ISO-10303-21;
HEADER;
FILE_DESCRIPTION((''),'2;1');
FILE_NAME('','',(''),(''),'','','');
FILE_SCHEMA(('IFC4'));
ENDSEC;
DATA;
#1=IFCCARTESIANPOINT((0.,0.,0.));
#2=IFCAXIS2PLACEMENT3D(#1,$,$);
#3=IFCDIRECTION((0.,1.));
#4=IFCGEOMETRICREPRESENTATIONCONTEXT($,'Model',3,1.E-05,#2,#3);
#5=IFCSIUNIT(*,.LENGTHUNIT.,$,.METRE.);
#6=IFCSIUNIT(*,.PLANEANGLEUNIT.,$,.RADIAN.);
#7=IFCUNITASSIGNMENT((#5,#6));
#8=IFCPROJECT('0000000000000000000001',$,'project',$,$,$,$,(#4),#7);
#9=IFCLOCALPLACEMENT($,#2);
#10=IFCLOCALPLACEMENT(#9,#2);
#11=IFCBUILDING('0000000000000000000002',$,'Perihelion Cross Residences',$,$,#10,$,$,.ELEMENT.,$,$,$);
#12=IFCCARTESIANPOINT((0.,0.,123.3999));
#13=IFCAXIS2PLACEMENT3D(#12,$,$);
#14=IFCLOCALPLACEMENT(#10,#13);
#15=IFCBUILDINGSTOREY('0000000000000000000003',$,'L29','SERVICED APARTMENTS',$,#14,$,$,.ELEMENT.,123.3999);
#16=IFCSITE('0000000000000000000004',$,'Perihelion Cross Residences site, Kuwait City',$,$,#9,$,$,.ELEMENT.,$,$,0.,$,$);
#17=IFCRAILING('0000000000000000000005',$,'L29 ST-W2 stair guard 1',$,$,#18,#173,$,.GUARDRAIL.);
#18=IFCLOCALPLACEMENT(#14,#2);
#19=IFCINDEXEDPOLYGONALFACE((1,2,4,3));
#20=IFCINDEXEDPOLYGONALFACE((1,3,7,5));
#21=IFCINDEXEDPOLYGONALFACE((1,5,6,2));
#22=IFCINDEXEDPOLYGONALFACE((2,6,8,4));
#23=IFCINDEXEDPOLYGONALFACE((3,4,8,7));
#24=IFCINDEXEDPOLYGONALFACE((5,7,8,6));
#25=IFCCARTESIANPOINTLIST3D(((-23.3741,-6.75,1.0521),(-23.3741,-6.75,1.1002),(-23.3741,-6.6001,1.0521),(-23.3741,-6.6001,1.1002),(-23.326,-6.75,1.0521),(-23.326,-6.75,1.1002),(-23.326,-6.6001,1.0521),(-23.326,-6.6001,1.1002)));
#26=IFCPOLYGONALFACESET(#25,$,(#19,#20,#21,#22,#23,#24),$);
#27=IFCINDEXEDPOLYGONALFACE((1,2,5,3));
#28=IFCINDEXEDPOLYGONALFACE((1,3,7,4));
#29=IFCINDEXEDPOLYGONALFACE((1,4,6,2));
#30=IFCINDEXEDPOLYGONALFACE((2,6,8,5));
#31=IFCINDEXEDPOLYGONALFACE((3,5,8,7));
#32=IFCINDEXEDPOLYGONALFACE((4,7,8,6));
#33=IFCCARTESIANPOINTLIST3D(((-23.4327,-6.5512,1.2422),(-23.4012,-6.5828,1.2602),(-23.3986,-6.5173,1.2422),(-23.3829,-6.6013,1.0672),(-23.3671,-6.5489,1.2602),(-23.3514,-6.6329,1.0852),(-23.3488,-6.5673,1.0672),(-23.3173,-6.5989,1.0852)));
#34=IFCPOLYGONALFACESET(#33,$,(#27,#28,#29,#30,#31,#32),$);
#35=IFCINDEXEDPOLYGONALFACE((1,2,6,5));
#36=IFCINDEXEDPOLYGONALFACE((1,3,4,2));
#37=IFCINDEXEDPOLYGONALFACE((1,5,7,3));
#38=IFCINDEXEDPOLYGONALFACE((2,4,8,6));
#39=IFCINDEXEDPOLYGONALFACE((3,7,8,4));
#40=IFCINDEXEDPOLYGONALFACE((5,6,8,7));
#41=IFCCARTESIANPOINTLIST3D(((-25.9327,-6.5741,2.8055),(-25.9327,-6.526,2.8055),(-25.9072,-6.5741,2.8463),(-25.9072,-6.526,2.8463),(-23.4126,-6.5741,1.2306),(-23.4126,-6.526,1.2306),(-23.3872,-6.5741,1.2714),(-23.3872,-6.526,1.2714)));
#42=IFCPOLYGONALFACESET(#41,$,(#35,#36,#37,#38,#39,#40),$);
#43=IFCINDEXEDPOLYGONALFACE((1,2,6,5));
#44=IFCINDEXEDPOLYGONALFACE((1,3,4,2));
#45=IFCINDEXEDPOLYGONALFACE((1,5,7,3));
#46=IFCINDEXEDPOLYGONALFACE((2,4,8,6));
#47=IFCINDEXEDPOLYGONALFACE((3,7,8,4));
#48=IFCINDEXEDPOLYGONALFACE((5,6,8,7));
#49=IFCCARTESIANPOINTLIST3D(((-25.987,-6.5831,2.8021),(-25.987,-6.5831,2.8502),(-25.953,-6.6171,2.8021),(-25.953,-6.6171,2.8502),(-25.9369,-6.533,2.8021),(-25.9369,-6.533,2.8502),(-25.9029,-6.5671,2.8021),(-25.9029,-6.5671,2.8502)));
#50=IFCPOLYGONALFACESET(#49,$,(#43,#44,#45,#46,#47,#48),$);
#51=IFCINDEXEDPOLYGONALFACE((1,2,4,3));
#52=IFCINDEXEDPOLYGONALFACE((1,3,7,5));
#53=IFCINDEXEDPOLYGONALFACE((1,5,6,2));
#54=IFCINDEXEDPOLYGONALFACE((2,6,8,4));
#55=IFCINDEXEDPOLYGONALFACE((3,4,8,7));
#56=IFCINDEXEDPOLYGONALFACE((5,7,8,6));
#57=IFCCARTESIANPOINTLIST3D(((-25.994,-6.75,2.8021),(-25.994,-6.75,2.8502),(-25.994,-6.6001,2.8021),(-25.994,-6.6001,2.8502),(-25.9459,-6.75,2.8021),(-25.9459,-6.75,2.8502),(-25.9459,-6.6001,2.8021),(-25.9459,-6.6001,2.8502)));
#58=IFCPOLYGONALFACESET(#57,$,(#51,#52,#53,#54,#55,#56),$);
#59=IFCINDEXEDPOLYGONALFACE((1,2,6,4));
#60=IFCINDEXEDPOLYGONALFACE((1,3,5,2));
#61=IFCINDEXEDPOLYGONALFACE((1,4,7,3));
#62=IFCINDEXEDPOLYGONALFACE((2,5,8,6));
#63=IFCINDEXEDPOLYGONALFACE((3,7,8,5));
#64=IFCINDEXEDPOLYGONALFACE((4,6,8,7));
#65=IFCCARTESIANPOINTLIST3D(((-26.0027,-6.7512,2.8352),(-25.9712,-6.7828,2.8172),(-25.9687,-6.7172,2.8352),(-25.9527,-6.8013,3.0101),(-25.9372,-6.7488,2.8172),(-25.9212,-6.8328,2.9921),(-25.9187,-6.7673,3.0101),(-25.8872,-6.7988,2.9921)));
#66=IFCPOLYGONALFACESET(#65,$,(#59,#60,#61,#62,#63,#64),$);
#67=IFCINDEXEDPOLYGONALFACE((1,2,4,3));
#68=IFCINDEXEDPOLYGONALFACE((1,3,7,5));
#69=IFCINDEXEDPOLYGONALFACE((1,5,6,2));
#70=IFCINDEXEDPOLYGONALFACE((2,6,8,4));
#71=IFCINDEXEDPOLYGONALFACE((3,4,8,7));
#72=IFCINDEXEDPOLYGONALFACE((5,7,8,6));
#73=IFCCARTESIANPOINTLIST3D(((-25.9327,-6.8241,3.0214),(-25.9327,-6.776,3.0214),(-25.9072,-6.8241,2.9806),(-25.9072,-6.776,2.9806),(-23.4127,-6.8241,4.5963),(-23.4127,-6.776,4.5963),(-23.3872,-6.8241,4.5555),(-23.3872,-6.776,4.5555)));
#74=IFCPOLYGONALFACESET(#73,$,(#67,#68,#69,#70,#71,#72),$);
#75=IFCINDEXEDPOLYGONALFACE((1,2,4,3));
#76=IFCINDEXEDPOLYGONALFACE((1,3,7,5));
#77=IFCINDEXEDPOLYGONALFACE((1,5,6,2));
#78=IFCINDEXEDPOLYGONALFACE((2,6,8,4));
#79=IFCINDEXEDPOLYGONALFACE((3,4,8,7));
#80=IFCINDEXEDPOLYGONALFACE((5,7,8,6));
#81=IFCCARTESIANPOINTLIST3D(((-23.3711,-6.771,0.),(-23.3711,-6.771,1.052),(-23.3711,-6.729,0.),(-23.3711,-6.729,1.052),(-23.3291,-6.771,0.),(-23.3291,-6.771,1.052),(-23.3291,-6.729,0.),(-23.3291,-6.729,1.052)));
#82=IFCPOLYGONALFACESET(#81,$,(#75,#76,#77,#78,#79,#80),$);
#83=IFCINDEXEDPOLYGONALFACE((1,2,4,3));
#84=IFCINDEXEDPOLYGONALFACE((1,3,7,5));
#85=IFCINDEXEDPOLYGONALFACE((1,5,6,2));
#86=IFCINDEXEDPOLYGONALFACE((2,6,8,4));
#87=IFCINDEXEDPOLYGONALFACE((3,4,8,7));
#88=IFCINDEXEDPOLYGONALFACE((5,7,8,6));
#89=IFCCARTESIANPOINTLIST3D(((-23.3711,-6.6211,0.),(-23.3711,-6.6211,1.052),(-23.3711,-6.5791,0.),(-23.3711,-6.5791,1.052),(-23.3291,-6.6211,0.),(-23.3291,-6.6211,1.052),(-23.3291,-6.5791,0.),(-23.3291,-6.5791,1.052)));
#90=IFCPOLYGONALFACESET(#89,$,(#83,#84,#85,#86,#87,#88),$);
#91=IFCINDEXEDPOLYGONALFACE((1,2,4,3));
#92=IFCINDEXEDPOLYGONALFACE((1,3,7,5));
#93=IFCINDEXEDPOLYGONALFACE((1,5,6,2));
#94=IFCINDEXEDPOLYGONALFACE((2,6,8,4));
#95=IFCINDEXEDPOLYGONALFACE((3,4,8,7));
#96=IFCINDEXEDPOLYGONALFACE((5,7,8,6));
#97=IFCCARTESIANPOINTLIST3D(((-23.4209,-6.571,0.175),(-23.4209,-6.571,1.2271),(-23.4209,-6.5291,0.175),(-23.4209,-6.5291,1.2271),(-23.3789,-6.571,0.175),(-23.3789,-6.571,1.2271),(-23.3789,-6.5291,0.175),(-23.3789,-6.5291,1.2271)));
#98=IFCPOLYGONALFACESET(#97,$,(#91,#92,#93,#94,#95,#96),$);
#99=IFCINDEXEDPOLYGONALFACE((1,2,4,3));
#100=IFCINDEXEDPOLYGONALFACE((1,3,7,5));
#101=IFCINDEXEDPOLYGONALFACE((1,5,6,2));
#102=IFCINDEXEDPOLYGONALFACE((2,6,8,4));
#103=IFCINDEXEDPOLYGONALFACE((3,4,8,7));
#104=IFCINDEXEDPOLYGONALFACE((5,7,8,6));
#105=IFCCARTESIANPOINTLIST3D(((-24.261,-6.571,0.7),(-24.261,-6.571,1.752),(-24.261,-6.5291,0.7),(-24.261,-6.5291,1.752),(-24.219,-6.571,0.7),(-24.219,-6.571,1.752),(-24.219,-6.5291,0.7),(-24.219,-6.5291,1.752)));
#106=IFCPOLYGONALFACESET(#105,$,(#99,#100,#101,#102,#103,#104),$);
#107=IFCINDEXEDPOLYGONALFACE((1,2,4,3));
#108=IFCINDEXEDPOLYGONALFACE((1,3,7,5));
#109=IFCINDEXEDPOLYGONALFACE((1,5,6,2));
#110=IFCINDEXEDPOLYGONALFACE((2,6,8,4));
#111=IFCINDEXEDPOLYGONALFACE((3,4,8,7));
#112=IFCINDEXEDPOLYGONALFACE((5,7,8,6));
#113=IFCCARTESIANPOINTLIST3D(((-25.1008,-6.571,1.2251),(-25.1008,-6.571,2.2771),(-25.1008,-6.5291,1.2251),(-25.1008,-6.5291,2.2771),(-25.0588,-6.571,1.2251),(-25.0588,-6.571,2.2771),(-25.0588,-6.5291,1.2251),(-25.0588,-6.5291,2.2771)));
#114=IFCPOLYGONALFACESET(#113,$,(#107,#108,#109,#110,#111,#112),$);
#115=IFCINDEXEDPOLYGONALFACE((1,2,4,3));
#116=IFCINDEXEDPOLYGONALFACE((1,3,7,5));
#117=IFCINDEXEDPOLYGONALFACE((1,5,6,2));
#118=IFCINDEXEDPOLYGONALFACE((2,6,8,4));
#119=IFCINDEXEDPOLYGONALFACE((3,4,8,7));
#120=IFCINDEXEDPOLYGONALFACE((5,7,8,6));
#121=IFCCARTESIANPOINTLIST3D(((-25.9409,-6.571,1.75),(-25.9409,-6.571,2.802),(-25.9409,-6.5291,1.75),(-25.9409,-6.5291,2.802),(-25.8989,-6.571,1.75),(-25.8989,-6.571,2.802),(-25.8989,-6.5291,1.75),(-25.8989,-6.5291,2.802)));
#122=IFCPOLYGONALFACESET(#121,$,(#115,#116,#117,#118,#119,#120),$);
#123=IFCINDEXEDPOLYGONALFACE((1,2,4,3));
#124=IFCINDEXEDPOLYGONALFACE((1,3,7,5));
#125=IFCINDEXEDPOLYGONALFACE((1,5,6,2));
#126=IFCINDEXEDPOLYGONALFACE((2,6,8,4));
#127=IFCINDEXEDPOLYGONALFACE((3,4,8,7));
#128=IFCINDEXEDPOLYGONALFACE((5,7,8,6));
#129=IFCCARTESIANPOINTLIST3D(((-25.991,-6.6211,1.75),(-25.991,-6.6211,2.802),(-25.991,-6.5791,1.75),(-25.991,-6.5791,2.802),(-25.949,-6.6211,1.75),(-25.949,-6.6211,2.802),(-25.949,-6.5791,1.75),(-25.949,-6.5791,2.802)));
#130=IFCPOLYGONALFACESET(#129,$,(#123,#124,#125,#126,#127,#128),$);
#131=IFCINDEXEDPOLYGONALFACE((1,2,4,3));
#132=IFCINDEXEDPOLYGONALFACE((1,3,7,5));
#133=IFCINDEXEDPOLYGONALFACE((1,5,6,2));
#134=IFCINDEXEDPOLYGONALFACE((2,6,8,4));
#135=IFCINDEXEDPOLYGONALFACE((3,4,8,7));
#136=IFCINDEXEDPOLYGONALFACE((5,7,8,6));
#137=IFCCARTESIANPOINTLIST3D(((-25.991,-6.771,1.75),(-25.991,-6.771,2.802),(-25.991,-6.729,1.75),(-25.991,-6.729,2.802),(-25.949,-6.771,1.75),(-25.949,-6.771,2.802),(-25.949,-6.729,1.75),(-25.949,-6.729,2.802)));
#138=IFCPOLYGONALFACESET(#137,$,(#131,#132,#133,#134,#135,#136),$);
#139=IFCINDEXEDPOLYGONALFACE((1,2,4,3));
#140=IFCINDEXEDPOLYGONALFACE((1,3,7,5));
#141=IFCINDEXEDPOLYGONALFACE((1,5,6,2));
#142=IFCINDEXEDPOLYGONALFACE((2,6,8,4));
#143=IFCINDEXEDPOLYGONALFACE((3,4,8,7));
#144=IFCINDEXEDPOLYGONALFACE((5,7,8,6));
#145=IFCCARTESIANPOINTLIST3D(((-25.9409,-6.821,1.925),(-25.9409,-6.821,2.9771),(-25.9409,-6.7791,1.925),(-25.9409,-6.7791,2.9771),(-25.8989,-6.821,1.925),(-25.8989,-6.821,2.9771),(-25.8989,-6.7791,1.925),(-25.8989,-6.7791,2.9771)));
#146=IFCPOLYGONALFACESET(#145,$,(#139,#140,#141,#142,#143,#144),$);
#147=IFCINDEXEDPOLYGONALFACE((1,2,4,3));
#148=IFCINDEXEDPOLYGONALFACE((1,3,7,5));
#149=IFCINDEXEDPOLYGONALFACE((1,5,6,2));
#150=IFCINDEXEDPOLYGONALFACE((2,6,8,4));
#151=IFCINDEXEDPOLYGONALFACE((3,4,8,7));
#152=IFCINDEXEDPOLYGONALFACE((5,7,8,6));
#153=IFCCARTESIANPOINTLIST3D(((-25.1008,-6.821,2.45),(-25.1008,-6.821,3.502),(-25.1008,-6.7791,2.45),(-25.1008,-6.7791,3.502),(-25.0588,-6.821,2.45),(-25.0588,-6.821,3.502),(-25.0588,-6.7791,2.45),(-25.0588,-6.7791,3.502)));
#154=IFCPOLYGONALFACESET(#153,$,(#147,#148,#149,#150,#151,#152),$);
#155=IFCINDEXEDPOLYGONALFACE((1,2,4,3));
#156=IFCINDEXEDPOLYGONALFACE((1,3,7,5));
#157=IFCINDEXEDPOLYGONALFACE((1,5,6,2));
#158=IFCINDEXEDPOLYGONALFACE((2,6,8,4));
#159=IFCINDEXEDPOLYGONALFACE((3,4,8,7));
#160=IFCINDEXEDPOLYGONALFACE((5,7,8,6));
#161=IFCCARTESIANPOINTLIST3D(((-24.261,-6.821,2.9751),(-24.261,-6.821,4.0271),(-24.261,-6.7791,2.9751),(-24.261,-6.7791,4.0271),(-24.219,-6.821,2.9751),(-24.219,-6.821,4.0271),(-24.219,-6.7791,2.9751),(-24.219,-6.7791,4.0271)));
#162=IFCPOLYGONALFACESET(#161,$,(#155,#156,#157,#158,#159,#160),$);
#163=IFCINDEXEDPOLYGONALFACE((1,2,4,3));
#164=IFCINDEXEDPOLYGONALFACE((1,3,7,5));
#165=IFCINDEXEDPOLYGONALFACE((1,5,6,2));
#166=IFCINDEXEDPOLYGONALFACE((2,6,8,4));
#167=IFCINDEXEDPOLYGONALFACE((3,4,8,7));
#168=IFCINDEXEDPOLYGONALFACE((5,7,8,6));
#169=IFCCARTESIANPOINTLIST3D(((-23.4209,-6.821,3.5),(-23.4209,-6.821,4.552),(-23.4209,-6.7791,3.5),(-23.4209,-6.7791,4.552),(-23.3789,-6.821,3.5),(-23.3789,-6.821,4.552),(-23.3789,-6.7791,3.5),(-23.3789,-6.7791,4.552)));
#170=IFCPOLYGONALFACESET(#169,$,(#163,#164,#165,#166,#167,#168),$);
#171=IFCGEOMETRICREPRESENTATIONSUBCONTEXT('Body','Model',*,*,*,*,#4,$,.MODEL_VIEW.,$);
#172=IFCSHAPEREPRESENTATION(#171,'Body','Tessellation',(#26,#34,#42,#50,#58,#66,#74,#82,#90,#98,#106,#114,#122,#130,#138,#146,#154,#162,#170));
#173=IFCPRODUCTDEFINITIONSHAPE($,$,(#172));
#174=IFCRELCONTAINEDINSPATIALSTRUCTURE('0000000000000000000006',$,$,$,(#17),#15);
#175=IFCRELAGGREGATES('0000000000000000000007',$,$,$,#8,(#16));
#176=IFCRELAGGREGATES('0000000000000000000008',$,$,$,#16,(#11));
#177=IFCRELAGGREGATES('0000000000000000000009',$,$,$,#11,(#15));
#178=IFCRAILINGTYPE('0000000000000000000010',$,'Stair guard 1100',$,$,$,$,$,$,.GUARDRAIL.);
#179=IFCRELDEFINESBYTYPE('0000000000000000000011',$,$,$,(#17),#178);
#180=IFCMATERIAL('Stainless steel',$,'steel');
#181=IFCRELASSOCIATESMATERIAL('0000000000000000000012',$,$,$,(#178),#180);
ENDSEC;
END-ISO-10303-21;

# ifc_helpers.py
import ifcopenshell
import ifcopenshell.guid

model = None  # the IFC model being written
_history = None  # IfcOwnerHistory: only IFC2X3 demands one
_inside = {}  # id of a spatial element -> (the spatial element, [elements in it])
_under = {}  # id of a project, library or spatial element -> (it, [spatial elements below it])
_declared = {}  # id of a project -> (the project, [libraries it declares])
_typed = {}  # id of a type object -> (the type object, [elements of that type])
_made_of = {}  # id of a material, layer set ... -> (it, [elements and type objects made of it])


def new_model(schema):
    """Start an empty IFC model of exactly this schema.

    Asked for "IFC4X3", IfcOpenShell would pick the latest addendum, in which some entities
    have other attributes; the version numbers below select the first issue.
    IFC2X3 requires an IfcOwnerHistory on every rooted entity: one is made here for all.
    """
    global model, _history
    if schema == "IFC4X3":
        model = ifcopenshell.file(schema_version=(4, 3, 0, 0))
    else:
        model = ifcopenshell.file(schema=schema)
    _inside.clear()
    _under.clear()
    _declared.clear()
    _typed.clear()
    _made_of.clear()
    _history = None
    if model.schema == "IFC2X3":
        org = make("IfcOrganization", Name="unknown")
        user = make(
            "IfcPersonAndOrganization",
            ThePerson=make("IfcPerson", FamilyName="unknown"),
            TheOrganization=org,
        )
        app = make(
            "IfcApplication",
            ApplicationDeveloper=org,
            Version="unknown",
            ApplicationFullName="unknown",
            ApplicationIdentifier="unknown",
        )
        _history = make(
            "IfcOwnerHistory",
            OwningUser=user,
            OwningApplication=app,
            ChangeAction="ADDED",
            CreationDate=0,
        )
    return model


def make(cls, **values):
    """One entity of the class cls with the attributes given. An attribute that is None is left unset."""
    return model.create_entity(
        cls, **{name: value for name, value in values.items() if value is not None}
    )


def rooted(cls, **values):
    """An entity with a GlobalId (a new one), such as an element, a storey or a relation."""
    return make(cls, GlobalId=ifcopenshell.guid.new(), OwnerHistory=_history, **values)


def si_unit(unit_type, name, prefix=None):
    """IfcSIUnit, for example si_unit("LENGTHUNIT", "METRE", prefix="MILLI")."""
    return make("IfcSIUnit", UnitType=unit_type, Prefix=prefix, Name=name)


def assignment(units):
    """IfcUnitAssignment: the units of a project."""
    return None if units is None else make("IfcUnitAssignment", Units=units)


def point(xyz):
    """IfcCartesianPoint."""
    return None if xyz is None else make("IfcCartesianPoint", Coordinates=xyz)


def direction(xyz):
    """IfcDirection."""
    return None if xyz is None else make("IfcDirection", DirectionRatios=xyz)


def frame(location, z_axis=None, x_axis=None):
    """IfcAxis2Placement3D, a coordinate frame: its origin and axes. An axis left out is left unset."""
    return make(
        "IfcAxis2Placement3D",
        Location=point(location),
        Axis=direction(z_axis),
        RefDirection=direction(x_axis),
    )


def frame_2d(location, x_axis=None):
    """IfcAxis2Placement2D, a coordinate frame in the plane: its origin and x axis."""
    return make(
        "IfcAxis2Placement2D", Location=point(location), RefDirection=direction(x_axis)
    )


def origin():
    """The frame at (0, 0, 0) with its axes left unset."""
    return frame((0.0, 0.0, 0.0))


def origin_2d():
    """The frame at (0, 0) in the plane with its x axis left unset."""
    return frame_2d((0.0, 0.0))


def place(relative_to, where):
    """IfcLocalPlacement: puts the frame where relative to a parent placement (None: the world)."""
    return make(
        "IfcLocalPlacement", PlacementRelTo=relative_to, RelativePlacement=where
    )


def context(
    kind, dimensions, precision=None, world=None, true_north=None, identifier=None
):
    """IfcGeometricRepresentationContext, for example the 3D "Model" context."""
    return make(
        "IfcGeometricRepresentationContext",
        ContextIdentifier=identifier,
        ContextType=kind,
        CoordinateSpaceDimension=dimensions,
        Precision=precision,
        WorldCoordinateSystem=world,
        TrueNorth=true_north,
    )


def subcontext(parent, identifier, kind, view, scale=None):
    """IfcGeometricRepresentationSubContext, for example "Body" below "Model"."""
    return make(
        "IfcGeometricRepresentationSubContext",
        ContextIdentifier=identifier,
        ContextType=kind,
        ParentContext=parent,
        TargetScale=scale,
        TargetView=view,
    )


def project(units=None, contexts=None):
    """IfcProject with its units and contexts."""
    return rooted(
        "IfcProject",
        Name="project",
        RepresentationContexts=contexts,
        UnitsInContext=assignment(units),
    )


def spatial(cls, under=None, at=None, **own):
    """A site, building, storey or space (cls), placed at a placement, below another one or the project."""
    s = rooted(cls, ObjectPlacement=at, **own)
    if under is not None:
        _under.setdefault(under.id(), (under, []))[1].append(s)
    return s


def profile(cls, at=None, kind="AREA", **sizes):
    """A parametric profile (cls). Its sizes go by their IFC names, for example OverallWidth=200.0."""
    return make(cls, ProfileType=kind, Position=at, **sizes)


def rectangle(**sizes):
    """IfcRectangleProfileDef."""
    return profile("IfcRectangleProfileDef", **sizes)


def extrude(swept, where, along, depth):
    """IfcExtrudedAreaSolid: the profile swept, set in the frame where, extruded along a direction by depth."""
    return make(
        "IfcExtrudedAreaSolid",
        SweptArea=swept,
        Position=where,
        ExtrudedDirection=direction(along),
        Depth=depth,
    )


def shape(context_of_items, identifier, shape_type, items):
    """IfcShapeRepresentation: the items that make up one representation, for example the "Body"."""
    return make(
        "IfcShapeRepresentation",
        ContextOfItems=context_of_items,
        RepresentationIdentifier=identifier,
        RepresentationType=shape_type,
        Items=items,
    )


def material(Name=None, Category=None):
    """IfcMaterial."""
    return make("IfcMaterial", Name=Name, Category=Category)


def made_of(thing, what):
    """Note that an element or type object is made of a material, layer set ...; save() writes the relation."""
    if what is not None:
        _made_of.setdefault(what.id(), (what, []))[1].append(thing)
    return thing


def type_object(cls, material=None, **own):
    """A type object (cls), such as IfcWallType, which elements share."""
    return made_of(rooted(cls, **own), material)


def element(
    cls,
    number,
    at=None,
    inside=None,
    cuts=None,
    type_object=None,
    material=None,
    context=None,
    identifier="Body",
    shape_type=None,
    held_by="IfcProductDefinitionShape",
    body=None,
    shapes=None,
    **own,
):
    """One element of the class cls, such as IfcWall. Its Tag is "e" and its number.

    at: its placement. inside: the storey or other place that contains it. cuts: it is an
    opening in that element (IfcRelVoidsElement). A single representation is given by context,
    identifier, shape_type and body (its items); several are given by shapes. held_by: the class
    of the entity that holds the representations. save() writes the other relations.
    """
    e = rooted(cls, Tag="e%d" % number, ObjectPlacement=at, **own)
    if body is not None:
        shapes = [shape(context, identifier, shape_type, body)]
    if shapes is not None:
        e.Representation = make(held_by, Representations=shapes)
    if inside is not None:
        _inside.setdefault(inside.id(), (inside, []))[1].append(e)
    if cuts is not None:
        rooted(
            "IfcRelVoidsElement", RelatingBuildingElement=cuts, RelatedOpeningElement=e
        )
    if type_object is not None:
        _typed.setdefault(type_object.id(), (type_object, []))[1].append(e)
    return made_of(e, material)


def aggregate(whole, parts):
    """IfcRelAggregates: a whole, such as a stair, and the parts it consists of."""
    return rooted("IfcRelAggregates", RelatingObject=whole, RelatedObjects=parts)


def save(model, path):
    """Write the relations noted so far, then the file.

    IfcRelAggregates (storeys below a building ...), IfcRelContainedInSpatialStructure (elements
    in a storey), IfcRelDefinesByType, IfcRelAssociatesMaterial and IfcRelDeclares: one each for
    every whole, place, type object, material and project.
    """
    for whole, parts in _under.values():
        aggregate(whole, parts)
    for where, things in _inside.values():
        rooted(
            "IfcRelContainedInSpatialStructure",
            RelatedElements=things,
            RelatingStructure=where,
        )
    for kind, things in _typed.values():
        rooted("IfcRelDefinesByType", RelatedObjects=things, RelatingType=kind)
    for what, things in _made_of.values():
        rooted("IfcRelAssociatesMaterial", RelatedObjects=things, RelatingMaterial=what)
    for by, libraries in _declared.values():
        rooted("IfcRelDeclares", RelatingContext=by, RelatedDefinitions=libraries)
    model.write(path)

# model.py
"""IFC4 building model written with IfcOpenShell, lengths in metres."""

from ifc_helpers import new_model, si_unit, direction, frame, origin, origin_2d, place, context, subcontext, project, spatial, rectangle, extrude, material, type_object, element, save


model = new_model("IFC4")

# Units and contexts
model_context = context("Model", 3, precision=1e-05, world=origin(), true_north=direction((0.0, 1.0)))
body_context = subcontext(model_context, "Body", "Model", "MODEL_VIEW")
ifc_project = project(units=[si_unit("LENGTHUNIT", "METRE"), si_unit("PLANEANGLEUNIT", "RADIAN")], contexts=[model_context])

# Site, building, storey
site_placement = place(None, origin())
site = spatial("IfcSite", under=ifc_project, at=site_placement, Name="Perihelion Cross Residences site, Kuwait City", CompositionType="ELEMENT", RefElevation=0.0)
building_placement = place(site_placement, origin())
building = spatial("IfcBuilding", under=site, at=building_placement, Name="Perihelion Cross Residences", CompositionType="ELEMENT")
storey_placement = place(building_placement, frame((0.0, 0.0, 123.3999)))
storey = spatial("IfcBuildingStorey", under=building, at=storey_placement, Name="L29", Description="SERVICED APARTMENTS", CompositionType="ELEMENT", Elevation=123.3999)

# Railing
ifc_material_1 = material(Name="Stainless steel", Category="steel")
railing_type_1 = type_object("IfcRailingType", Name="Stair guard 1100", PredefinedType="GUARDRAIL", material=ifc_material_1)
railing_1_placement = place(storey_placement, frame((-23.3501, -6.75, 0.0)))
element("IfcRailing", 1, at=railing_1_placement, inside=storey, type_object=railing_type_1, Name="L29 ST-W2 stair guard 1", PredefinedType="GUARDRAIL", context=body_context, shape_type="SweptSolid", body=[
    extrude(rectangle(XDim=0.0481, YDim=0.0481, at=origin_2d()), frame((0.0, 0.0, 1.0762), z_axis=(0.0, 1.0, 0.0), x_axis=(-1.0, 0.0, 0.0)), (0.0, 0.0, 1.0), 0.1499),
    extrude(rectangle(XDim=0.0481, YDim=0.0481, at=origin_2d()), frame((0.0, 0.1499, 1.0762), z_axis=(-0.263862, 0.265156, 0.927399), x_axis=(-0.708834, -0.705376, 0.0)), (0.0, 0.0, 1.0), 0.1887),
    extrude(rectangle(XDim=0.0481, YDim=0.0481, at=origin_2d()), frame((-0.0498, 0.2, 1.251), z_axis=(-0.848008, 0.0, 0.529984), x_axis=(0.0, -1.0, 0.0)), (0.0, 0.0, 1.0), 2.9717),
    extrude(rectangle(XDim=0.0481, YDim=0.0481, at=origin_2d()), frame((-2.5698, 0.2, 2.8262), z_axis=(-0.707107, -0.707107, 0.0), x_axis=(0.707107, -0.707107, 0.0)), (0.0, 0.0, 1.0), 0.0708),
    extrude(rectangle(XDim=0.0481, YDim=0.0481, at=origin_2d()), frame((-2.6199, 0.1499, 2.8262), z_axis=(0.0, -1.0, 0.0), x_axis=(1.0, 0.0, 0.0)), (0.0, 0.0, 1.0), 0.1499),
    extrude(rectangle(XDim=0.0481, YDim=0.0481, at=origin_2d()), frame((-2.6199, 0.0, 2.8262), z_axis=(0.265065, -0.265065, 0.927082), x_axis=(0.707107, 0.707107, 0.0)), (0.0, 0.0, 1.0), 0.1887),
    extrude(rectangle(XDim=0.0481, YDim=0.0481, at=origin_2d()), frame((-2.5698, -0.05, 3.001), z_axis=(0.848008, 0.0, 0.529984), x_axis=(0.0, 1.0, 0.0)), (0.0, 0.0, 1.0), 2.9717),
    extrude(rectangle(XDim=0.042, YDim=0.042, at=origin_2d()), origin(), (0.0, 0.0, 1.0), 1.052),
    extrude(rectangle(XDim=0.042, YDim=0.042, at=origin_2d()), frame((0.0, 0.1499, 0.0)), (0.0, 0.0, 1.0), 1.052),
    extrude(rectangle(XDim=0.042, YDim=0.042, at=origin_2d()), frame((-0.0498, 0.2, 0.175)), (0.0, 0.0, 1.0), 1.052),
    extrude(rectangle(XDim=0.042, YDim=0.042, at=origin_2d()), frame((-0.8899, 0.2, 0.7)), (0.0, 0.0, 1.0), 1.052),
    extrude(rectangle(XDim=0.042, YDim=0.042, at=origin_2d()), frame((-1.7297, 0.2, 1.2251)), (0.0, 0.0, 1.0), 1.052),
    extrude(rectangle(XDim=0.042, YDim=0.042, at=origin_2d()), frame((-2.5698, 0.2, 1.75)), (0.0, 0.0, 1.0), 1.052),
    extrude(rectangle(XDim=0.042, YDim=0.042, at=origin_2d()), frame((-2.6199, 0.1499, 1.75)), (0.0, 0.0, 1.0), 1.052),
    extrude(rectangle(XDim=0.042, YDim=0.042, at=origin_2d()), frame((-2.6199, 0.0, 1.75)), (0.0, 0.0, 1.0), 1.052),
    extrude(rectangle(XDim=0.042, YDim=0.042, at=origin_2d()), frame((-2.5698, -0.05, 1.925)), (0.0, 0.0, 1.0), 1.052),
    extrude(rectangle(XDim=0.042, YDim=0.042, at=origin_2d()), frame((-1.7297, -0.05, 2.45)), (0.0, 0.0, 1.0), 1.052),
    extrude(rectangle(XDim=0.042, YDim=0.042, at=origin_2d()), frame((-0.8899, -0.05, 2.9751)), (0.0, 0.0, 1.0), 1.052),
    extrude(rectangle(XDim=0.042, YDim=0.042, at=origin_2d()), frame((-0.0498, -0.05, 3.5)), (0.0, 0.0, 1.0), 1.052),
])

save(model, "model.ifc")
